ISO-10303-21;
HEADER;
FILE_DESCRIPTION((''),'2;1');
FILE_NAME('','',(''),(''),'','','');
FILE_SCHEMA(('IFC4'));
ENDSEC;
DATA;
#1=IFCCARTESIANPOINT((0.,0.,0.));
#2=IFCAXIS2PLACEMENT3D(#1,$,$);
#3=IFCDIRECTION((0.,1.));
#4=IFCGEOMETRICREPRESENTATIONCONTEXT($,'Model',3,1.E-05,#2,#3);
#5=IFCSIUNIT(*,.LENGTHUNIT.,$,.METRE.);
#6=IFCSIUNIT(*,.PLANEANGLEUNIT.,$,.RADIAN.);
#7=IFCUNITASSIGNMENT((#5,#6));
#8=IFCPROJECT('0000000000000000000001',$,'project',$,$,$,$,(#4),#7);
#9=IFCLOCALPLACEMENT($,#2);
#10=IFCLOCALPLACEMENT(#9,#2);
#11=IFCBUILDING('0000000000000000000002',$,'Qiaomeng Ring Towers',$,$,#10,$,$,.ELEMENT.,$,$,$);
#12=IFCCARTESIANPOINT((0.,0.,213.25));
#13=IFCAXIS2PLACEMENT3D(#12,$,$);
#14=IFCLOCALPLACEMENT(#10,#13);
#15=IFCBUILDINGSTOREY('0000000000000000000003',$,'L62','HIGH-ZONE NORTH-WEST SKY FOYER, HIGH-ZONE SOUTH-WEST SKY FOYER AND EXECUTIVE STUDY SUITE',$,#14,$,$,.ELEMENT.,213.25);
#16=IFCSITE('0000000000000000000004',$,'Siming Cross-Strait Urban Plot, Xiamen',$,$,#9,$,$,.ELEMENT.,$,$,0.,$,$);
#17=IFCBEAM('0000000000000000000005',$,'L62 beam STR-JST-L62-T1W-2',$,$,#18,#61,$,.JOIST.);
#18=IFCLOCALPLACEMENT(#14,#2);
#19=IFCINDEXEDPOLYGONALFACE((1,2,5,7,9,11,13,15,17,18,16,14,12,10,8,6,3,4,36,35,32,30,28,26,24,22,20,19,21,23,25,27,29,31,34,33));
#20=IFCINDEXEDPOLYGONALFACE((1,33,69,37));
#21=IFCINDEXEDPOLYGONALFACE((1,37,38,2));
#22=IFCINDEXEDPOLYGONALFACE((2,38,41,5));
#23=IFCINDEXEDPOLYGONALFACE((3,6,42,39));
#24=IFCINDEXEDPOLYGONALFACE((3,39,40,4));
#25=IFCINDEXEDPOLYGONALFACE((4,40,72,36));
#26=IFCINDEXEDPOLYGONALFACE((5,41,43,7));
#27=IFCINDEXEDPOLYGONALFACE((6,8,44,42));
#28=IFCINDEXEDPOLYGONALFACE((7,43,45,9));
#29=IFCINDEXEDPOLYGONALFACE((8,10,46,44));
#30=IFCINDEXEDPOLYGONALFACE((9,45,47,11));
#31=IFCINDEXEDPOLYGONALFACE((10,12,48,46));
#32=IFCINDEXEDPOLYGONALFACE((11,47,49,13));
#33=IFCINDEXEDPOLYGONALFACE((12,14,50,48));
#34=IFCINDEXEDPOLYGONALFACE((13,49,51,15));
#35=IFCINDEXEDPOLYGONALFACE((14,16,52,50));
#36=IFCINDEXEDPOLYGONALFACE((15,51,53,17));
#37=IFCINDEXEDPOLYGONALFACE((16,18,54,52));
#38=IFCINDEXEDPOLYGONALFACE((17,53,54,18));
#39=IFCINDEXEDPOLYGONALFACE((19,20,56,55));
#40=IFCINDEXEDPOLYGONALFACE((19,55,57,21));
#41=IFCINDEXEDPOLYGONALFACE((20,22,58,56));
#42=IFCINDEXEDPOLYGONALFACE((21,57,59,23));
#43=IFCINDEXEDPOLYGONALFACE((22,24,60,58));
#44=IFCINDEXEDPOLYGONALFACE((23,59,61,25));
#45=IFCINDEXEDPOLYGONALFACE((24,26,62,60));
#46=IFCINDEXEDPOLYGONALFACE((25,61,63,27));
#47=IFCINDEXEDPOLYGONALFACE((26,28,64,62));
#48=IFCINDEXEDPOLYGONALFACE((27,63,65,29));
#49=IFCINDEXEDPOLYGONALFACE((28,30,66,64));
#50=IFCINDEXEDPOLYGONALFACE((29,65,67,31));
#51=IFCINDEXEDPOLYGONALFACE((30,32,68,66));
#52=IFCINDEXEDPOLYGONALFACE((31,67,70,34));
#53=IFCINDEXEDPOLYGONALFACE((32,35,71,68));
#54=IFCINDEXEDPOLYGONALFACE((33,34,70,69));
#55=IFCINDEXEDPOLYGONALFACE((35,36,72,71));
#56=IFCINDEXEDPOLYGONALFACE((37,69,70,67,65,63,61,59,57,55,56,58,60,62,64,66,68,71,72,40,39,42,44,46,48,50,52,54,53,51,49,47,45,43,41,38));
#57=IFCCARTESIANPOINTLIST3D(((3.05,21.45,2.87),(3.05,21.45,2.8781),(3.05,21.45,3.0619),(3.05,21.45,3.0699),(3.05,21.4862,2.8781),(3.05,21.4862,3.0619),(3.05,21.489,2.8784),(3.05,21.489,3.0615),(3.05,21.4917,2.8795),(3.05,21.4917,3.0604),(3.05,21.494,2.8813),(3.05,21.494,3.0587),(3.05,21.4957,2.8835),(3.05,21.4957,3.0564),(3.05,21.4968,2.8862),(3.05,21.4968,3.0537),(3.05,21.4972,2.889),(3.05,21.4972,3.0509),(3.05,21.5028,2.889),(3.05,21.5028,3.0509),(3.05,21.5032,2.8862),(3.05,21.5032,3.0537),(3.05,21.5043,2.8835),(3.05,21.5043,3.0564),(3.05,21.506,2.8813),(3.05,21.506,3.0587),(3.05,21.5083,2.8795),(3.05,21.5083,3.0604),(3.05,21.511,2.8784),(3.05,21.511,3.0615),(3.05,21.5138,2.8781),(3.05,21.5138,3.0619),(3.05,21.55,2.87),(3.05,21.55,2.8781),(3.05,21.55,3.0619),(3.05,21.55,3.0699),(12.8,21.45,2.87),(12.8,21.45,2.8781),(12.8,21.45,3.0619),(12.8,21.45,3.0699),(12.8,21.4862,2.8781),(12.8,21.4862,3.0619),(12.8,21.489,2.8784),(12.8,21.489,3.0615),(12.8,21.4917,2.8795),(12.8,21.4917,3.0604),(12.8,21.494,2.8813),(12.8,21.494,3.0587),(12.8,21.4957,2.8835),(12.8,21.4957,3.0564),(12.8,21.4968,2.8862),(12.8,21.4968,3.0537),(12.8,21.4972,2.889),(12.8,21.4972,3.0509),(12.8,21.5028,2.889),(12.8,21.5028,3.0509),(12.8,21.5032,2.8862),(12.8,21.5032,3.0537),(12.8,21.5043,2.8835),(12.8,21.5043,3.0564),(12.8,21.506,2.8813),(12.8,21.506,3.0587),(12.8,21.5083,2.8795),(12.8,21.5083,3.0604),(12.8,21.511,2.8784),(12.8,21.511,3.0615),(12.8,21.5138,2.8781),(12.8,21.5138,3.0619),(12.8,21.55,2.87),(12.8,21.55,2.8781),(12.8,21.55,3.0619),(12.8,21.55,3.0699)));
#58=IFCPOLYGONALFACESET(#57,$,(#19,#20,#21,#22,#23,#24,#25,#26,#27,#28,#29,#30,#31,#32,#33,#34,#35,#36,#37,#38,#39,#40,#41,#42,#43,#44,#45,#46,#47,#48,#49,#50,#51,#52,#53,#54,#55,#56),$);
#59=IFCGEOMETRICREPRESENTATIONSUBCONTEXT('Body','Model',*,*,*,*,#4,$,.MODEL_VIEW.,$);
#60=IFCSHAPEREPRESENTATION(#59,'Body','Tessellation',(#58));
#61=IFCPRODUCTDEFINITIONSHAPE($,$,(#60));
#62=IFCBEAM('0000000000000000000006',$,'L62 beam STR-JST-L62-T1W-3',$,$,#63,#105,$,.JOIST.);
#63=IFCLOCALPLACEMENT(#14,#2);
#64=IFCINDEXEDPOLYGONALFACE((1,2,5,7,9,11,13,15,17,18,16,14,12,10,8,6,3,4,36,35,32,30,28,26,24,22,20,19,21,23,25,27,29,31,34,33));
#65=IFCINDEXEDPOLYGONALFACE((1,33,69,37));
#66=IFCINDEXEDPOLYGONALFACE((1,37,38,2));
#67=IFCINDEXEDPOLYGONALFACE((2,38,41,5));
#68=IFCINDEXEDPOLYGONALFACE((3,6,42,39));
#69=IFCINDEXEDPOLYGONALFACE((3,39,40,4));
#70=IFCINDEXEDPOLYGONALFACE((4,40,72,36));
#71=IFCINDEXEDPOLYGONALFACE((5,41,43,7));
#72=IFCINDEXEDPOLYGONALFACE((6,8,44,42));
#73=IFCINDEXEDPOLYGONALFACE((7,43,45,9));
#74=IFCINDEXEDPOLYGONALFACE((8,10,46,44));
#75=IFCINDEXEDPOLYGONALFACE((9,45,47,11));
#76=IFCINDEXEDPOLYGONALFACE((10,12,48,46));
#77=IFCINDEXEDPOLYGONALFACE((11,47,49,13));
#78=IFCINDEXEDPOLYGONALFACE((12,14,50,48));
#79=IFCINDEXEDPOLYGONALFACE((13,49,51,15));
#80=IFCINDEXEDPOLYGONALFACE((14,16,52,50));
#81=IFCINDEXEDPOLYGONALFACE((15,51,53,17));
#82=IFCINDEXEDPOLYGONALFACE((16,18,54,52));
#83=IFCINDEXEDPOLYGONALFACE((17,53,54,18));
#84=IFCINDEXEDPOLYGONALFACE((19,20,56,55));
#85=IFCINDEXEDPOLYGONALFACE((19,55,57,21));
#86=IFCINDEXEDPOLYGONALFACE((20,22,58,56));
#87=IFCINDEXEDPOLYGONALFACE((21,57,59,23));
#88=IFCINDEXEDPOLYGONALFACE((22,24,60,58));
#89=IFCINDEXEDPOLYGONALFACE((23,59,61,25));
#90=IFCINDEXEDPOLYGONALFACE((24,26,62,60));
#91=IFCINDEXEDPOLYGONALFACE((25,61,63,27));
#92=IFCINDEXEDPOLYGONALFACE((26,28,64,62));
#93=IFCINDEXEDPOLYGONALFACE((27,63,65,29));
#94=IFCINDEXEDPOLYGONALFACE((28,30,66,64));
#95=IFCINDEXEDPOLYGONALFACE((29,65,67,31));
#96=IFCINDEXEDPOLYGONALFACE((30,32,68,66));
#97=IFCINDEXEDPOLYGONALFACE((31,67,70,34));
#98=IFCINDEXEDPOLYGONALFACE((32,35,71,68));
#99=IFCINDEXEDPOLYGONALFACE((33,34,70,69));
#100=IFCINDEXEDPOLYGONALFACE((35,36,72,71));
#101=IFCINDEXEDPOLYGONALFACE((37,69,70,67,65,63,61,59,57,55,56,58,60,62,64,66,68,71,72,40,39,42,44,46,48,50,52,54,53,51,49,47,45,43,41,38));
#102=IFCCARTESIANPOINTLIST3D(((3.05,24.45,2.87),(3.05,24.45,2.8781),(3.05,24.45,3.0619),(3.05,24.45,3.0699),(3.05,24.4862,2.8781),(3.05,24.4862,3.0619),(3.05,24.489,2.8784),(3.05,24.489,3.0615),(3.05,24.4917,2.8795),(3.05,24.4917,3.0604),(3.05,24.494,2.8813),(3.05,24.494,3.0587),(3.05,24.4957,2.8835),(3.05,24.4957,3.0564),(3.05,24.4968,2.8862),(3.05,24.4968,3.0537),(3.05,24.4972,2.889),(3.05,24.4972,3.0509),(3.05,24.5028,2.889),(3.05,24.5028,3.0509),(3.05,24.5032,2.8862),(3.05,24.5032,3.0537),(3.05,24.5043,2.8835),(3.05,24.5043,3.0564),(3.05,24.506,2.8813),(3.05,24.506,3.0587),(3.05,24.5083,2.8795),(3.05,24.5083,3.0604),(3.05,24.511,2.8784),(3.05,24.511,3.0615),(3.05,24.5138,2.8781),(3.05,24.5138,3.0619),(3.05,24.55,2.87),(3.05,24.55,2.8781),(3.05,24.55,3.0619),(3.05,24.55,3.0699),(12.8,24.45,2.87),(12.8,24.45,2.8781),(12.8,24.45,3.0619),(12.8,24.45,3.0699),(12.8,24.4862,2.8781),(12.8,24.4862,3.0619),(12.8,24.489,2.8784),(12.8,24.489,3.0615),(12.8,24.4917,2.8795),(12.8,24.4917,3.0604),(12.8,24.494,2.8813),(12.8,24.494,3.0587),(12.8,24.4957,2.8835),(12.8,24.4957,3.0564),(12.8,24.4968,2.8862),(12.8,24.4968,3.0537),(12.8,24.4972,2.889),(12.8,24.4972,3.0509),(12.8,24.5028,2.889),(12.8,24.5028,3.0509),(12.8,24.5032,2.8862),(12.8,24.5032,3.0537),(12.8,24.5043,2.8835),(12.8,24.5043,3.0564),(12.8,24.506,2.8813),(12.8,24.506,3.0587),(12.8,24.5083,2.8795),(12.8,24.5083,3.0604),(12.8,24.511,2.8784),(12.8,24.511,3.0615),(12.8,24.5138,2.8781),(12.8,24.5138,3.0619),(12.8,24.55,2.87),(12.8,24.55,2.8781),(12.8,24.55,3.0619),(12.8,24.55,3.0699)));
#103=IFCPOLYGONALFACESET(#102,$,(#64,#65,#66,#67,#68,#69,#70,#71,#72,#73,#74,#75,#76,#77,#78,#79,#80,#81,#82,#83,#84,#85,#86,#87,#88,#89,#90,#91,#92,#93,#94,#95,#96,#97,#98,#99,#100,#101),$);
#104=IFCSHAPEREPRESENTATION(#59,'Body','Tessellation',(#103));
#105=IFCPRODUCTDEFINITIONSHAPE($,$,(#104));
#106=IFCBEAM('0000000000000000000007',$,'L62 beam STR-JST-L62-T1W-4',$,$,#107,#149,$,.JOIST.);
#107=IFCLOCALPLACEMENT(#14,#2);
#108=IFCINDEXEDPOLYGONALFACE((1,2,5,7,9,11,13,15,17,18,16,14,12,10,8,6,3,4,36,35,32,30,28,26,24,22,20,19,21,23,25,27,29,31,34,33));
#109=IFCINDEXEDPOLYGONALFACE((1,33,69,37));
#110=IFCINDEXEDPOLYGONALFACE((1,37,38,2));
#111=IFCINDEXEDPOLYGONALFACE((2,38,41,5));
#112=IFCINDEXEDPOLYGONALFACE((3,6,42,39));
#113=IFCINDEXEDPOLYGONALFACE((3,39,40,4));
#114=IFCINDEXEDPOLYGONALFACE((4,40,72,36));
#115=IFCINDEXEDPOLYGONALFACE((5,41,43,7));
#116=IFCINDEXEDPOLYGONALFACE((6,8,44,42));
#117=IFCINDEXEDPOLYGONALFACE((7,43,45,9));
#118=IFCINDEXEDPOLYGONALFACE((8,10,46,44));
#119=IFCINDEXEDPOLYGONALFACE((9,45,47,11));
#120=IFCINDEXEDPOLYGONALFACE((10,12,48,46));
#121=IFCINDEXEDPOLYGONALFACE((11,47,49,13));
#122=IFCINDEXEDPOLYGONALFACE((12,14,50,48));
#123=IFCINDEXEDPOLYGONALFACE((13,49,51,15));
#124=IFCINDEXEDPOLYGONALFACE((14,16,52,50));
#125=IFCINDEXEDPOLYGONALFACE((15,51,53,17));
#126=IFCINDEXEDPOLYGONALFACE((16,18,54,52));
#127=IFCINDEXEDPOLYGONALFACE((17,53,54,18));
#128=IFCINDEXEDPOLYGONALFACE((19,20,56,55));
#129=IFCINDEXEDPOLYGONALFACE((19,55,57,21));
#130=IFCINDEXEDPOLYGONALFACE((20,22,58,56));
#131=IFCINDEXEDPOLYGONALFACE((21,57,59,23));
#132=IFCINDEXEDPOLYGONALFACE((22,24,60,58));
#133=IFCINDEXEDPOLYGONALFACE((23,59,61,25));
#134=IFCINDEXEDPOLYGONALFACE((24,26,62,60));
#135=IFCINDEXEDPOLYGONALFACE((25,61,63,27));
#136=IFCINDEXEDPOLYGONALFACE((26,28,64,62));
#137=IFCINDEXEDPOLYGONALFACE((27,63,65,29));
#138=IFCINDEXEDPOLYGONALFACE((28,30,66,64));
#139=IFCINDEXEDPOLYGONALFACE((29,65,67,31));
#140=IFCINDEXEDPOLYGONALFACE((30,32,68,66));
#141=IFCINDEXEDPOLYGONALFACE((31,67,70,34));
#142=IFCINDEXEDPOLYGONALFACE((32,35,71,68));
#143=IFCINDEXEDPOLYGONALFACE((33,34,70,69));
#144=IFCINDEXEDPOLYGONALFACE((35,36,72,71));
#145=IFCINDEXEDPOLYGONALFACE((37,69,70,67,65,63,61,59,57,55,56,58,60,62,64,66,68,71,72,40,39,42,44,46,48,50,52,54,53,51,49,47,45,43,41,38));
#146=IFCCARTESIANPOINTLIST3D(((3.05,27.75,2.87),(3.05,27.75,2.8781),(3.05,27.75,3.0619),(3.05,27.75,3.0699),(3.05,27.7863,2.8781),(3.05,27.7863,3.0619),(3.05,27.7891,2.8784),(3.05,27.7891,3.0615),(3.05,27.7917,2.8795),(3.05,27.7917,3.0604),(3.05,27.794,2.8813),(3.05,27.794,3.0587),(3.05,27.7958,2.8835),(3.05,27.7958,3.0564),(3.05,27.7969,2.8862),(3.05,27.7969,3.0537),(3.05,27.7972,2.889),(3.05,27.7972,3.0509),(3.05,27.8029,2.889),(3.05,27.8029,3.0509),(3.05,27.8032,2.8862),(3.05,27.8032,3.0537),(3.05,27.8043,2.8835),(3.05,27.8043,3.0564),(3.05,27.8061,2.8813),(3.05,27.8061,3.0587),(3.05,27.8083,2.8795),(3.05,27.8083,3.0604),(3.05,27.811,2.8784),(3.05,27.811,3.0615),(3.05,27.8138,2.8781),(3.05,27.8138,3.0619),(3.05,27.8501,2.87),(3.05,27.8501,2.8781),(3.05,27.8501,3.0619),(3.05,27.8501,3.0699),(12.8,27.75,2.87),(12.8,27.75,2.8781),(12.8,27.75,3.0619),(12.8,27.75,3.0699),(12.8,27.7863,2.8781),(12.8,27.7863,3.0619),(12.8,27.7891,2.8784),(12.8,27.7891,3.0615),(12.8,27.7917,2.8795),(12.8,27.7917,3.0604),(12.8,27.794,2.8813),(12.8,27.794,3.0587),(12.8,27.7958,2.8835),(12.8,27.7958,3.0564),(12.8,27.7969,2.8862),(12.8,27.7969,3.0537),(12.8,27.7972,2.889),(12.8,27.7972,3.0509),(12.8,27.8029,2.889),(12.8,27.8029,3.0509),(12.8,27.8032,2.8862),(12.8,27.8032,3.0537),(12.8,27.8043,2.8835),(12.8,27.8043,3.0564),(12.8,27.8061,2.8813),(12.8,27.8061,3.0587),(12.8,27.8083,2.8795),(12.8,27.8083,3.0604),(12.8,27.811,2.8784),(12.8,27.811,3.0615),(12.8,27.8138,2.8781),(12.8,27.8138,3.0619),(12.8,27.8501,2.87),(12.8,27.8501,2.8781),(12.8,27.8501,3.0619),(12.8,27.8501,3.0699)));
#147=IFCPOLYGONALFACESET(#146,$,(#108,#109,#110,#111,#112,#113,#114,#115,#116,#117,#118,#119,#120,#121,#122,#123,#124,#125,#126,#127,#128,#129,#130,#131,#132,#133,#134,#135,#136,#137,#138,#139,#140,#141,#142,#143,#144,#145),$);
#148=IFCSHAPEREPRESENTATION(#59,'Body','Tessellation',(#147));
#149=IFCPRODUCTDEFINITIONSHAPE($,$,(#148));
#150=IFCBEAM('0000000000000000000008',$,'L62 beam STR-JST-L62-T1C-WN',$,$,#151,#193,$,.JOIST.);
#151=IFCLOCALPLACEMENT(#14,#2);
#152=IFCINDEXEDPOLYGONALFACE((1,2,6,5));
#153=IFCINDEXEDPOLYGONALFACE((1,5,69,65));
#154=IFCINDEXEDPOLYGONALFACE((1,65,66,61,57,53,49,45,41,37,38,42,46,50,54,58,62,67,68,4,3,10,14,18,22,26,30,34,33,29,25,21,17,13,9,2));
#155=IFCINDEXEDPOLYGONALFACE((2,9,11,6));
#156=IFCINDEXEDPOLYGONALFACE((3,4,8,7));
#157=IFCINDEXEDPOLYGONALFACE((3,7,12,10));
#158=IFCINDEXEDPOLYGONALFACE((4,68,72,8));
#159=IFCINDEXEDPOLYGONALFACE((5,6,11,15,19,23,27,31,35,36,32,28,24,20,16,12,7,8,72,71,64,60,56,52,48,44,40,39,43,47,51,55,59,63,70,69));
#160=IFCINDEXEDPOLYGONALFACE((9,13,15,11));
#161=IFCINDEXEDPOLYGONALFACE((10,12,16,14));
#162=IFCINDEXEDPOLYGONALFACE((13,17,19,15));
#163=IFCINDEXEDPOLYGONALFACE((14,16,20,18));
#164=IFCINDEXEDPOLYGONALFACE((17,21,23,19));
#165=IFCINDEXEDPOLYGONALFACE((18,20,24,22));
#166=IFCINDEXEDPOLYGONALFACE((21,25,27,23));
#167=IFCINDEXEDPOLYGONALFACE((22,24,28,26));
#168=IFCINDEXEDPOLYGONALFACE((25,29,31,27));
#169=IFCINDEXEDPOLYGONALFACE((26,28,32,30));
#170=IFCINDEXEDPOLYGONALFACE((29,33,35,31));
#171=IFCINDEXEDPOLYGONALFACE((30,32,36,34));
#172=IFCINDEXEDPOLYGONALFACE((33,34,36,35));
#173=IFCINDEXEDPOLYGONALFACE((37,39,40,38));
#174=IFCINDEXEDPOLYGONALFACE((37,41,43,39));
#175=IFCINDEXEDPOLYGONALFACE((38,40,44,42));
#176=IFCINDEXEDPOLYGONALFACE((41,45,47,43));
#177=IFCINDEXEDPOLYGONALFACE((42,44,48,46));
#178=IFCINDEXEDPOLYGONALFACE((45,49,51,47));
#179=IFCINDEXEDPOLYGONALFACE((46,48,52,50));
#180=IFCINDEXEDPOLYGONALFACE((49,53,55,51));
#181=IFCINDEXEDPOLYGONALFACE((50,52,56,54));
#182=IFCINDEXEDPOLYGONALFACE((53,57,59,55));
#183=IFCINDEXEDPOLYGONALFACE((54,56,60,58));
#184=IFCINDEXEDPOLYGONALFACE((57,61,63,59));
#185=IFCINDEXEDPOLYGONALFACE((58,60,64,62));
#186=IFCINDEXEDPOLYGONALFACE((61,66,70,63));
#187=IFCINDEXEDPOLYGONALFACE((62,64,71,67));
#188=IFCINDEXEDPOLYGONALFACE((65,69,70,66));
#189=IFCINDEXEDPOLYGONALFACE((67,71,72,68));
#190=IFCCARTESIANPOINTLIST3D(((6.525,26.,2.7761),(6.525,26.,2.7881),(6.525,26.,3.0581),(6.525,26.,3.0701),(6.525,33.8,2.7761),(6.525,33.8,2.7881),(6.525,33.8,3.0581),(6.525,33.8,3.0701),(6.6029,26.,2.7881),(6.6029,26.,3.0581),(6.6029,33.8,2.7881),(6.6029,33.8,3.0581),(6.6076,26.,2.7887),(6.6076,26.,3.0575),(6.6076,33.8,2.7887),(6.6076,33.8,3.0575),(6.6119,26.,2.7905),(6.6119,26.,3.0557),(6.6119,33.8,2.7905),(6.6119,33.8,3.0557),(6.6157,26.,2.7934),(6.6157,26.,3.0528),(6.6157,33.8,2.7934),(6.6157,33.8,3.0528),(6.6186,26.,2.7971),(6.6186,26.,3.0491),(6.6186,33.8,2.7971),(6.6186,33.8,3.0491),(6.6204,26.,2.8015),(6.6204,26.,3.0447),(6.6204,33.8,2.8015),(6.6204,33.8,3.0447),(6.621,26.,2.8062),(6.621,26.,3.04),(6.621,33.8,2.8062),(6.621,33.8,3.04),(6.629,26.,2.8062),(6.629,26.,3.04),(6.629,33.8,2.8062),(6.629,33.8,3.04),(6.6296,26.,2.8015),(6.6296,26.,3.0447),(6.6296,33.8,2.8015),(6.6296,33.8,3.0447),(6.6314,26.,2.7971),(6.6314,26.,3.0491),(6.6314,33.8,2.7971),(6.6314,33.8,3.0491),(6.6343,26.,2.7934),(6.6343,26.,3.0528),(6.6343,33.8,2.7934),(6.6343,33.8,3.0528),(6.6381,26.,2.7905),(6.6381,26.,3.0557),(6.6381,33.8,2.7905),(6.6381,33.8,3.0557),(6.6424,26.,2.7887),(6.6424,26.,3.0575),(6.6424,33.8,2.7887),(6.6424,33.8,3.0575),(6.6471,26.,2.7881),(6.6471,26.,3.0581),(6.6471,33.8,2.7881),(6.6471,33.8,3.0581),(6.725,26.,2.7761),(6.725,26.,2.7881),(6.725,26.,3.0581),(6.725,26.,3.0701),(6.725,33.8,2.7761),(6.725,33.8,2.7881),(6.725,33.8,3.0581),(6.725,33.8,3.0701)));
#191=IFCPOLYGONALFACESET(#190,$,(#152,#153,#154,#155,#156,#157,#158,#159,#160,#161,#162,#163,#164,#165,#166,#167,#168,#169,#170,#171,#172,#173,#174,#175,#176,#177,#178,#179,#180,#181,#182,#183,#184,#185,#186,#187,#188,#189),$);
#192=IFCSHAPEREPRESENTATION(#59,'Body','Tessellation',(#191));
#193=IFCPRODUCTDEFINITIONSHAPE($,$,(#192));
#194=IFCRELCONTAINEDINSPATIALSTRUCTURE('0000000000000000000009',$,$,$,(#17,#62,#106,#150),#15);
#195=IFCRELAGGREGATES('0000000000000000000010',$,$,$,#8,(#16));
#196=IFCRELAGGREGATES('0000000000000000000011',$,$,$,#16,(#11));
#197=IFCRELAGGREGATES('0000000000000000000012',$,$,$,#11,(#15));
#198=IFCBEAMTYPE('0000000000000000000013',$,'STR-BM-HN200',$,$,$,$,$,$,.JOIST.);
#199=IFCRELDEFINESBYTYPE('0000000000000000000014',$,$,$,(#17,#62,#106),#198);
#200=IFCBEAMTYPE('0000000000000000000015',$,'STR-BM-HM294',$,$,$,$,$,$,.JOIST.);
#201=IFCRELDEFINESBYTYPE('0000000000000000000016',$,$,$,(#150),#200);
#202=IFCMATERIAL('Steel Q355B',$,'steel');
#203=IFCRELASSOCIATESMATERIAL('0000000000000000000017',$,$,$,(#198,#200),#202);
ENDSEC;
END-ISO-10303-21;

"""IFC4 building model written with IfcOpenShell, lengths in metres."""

from ifc_helpers import new_model, si_unit, direction, frame, origin, origin_2d, place, context, subcontext, project, spatial, i_section, extrude, source, transform, mapped, material, material_profile, profile_set, type_object, element, save


model = new_model("IFC4")

# Units and contexts
model_context = context("Model", 3, precision=1e-05, world=origin(), true_north=direction((0.0, 1.0)))
body_context = subcontext(model_context, "Body", "Model", "MODEL_VIEW")
ifc_project = project(units=[si_unit("LENGTHUNIT", "METRE"), si_unit("PLANEANGLEUNIT", "RADIAN")], contexts=[model_context])

# Site, building, storey
site_placement = place(None, origin())
site = spatial("IfcSite", under=ifc_project, at=site_placement, Name="Siming Cross-Strait Urban Plot, Xiamen", CompositionType="ELEMENT", RefElevation=0.0)
building_placement = place(site_placement, origin())
building = spatial("IfcBuilding", under=site, at=building_placement, Name="Qiaomeng Ring Towers", CompositionType="ELEMENT")
storey_placement = place(building_placement, frame((0.0, 0.0, 213.25)))
storey = spatial("IfcBuildingStorey", under=building, at=storey_placement, Name="L62", Description="HIGH-ZONE NORTH-WEST SKY FOYER, HIGH-ZONE SOUTH-WEST SKY FOYER AND EXECUTIVE STUDY SUITE", CompositionType="ELEMENT", Elevation=213.25)

# Beams
ifc_material_1 = material(Name="Steel Q355B", Category="steel")
ifc_material_profile_1 = material_profile(ifc_material_1, i_section(OverallWidth=0.1001, OverallDepth=0.2, WebThickness=0.0056, FlangeThickness=0.0081, FilletRadius=0.011, at=origin_2d()), Name="HN 200x100x5.5x8")
ifc_profile_set_1 = profile_set([ifc_material_profile_1], Name="Steel Q355B")
beam_type_1 = type_object("IfcBeamType", Name="STR-BM-HN200", PredefinedType="JOIST", material=ifc_profile_set_1)
shared_shape_1 = source(origin(), body_context, "Body", "SweptSolid", [
    extrude(i_section(OverallWidth=0.1001, OverallDepth=0.2, WebThickness=0.0056, FlangeThickness=0.0081, FilletRadius=0.011, at=origin_2d()), origin(), (0.0, 0.0, 1.0), 9.75),
])
for number, where, z_axis, x_axis, name in (
    (1, (3.05, 21.5, 2.97), (1.0, 0.0, 0.0), (0.0, 1.0, 0.0), "L62 beam STR-JST-L62-T1W-2"),
    (2, (3.05, 24.5, 2.97), (1.0, 0.0, 0.0), (0.0, 1.0, 0.0), "L62 beam STR-JST-L62-T1W-3"),
    (3, (3.05, 27.8, 2.97), (1.0, 0.0, 0.0), (0.0, 1.0, 0.0), "L62 beam STR-JST-L62-T1W-4"),
):
    element("IfcBeam", number, at=place(storey_placement, frame(where, z_axis=z_axis, x_axis=x_axis)), inside=storey, type_object=beam_type_1, Name=name, PredefinedType="JOIST", context=body_context, shape_type="MappedRepresentation", body=[
        mapped(shared_shape_1, transform((0.0, 0.0, 0.0), x_axis=(1.0, 0.0, 0.0), y_axis=(0.0, 1.0, 0.0), z_axis=(0.0, 0.0, 1.0), scale=1.0)),
    ])
ifc_material_profile_2 = material_profile(ifc_material_1, i_section(OverallWidth=0.2, OverallDepth=0.2939, WebThickness=0.0081, FlangeThickness=0.012, FilletRadius=0.0181, at=origin_2d()), Name="HM 294x200x8x12")
ifc_profile_set_2 = profile_set([ifc_material_profile_2], Name="Steel Q355B")
beam_type_2 = type_object("IfcBeamType", Name="STR-BM-HM294", PredefinedType="JOIST", material=ifc_profile_set_2)
shared_shape_2 = source(origin(), body_context, "Body", "SweptSolid", [
    extrude(i_section(OverallWidth=0.2, OverallDepth=0.2939, WebThickness=0.0081, FlangeThickness=0.012, FilletRadius=0.0181, at=origin_2d()), origin(), (0.0, 0.0, 1.0), 7.8),
])
beam_1_placement = place(storey_placement, frame((6.625, 26.0, 2.9231), z_axis=(0.0, 1.0, 0.0), x_axis=(-1.0, 0.0, 0.0)))
element("IfcBeam", 4, at=beam_1_placement, inside=storey, type_object=beam_type_2, Name="L62 beam STR-JST-L62-T1C-WN", PredefinedType="JOIST", context=body_context, shape_type="MappedRepresentation", body=[
    mapped(shared_shape_2, transform((0.0, 0.0, 0.0), x_axis=(1.0, 0.0, 0.0), y_axis=(0.0, 1.0, 0.0), z_axis=(0.0, 0.0, 1.0), scale=1.0)),
])

save(model, "model.ifc")
